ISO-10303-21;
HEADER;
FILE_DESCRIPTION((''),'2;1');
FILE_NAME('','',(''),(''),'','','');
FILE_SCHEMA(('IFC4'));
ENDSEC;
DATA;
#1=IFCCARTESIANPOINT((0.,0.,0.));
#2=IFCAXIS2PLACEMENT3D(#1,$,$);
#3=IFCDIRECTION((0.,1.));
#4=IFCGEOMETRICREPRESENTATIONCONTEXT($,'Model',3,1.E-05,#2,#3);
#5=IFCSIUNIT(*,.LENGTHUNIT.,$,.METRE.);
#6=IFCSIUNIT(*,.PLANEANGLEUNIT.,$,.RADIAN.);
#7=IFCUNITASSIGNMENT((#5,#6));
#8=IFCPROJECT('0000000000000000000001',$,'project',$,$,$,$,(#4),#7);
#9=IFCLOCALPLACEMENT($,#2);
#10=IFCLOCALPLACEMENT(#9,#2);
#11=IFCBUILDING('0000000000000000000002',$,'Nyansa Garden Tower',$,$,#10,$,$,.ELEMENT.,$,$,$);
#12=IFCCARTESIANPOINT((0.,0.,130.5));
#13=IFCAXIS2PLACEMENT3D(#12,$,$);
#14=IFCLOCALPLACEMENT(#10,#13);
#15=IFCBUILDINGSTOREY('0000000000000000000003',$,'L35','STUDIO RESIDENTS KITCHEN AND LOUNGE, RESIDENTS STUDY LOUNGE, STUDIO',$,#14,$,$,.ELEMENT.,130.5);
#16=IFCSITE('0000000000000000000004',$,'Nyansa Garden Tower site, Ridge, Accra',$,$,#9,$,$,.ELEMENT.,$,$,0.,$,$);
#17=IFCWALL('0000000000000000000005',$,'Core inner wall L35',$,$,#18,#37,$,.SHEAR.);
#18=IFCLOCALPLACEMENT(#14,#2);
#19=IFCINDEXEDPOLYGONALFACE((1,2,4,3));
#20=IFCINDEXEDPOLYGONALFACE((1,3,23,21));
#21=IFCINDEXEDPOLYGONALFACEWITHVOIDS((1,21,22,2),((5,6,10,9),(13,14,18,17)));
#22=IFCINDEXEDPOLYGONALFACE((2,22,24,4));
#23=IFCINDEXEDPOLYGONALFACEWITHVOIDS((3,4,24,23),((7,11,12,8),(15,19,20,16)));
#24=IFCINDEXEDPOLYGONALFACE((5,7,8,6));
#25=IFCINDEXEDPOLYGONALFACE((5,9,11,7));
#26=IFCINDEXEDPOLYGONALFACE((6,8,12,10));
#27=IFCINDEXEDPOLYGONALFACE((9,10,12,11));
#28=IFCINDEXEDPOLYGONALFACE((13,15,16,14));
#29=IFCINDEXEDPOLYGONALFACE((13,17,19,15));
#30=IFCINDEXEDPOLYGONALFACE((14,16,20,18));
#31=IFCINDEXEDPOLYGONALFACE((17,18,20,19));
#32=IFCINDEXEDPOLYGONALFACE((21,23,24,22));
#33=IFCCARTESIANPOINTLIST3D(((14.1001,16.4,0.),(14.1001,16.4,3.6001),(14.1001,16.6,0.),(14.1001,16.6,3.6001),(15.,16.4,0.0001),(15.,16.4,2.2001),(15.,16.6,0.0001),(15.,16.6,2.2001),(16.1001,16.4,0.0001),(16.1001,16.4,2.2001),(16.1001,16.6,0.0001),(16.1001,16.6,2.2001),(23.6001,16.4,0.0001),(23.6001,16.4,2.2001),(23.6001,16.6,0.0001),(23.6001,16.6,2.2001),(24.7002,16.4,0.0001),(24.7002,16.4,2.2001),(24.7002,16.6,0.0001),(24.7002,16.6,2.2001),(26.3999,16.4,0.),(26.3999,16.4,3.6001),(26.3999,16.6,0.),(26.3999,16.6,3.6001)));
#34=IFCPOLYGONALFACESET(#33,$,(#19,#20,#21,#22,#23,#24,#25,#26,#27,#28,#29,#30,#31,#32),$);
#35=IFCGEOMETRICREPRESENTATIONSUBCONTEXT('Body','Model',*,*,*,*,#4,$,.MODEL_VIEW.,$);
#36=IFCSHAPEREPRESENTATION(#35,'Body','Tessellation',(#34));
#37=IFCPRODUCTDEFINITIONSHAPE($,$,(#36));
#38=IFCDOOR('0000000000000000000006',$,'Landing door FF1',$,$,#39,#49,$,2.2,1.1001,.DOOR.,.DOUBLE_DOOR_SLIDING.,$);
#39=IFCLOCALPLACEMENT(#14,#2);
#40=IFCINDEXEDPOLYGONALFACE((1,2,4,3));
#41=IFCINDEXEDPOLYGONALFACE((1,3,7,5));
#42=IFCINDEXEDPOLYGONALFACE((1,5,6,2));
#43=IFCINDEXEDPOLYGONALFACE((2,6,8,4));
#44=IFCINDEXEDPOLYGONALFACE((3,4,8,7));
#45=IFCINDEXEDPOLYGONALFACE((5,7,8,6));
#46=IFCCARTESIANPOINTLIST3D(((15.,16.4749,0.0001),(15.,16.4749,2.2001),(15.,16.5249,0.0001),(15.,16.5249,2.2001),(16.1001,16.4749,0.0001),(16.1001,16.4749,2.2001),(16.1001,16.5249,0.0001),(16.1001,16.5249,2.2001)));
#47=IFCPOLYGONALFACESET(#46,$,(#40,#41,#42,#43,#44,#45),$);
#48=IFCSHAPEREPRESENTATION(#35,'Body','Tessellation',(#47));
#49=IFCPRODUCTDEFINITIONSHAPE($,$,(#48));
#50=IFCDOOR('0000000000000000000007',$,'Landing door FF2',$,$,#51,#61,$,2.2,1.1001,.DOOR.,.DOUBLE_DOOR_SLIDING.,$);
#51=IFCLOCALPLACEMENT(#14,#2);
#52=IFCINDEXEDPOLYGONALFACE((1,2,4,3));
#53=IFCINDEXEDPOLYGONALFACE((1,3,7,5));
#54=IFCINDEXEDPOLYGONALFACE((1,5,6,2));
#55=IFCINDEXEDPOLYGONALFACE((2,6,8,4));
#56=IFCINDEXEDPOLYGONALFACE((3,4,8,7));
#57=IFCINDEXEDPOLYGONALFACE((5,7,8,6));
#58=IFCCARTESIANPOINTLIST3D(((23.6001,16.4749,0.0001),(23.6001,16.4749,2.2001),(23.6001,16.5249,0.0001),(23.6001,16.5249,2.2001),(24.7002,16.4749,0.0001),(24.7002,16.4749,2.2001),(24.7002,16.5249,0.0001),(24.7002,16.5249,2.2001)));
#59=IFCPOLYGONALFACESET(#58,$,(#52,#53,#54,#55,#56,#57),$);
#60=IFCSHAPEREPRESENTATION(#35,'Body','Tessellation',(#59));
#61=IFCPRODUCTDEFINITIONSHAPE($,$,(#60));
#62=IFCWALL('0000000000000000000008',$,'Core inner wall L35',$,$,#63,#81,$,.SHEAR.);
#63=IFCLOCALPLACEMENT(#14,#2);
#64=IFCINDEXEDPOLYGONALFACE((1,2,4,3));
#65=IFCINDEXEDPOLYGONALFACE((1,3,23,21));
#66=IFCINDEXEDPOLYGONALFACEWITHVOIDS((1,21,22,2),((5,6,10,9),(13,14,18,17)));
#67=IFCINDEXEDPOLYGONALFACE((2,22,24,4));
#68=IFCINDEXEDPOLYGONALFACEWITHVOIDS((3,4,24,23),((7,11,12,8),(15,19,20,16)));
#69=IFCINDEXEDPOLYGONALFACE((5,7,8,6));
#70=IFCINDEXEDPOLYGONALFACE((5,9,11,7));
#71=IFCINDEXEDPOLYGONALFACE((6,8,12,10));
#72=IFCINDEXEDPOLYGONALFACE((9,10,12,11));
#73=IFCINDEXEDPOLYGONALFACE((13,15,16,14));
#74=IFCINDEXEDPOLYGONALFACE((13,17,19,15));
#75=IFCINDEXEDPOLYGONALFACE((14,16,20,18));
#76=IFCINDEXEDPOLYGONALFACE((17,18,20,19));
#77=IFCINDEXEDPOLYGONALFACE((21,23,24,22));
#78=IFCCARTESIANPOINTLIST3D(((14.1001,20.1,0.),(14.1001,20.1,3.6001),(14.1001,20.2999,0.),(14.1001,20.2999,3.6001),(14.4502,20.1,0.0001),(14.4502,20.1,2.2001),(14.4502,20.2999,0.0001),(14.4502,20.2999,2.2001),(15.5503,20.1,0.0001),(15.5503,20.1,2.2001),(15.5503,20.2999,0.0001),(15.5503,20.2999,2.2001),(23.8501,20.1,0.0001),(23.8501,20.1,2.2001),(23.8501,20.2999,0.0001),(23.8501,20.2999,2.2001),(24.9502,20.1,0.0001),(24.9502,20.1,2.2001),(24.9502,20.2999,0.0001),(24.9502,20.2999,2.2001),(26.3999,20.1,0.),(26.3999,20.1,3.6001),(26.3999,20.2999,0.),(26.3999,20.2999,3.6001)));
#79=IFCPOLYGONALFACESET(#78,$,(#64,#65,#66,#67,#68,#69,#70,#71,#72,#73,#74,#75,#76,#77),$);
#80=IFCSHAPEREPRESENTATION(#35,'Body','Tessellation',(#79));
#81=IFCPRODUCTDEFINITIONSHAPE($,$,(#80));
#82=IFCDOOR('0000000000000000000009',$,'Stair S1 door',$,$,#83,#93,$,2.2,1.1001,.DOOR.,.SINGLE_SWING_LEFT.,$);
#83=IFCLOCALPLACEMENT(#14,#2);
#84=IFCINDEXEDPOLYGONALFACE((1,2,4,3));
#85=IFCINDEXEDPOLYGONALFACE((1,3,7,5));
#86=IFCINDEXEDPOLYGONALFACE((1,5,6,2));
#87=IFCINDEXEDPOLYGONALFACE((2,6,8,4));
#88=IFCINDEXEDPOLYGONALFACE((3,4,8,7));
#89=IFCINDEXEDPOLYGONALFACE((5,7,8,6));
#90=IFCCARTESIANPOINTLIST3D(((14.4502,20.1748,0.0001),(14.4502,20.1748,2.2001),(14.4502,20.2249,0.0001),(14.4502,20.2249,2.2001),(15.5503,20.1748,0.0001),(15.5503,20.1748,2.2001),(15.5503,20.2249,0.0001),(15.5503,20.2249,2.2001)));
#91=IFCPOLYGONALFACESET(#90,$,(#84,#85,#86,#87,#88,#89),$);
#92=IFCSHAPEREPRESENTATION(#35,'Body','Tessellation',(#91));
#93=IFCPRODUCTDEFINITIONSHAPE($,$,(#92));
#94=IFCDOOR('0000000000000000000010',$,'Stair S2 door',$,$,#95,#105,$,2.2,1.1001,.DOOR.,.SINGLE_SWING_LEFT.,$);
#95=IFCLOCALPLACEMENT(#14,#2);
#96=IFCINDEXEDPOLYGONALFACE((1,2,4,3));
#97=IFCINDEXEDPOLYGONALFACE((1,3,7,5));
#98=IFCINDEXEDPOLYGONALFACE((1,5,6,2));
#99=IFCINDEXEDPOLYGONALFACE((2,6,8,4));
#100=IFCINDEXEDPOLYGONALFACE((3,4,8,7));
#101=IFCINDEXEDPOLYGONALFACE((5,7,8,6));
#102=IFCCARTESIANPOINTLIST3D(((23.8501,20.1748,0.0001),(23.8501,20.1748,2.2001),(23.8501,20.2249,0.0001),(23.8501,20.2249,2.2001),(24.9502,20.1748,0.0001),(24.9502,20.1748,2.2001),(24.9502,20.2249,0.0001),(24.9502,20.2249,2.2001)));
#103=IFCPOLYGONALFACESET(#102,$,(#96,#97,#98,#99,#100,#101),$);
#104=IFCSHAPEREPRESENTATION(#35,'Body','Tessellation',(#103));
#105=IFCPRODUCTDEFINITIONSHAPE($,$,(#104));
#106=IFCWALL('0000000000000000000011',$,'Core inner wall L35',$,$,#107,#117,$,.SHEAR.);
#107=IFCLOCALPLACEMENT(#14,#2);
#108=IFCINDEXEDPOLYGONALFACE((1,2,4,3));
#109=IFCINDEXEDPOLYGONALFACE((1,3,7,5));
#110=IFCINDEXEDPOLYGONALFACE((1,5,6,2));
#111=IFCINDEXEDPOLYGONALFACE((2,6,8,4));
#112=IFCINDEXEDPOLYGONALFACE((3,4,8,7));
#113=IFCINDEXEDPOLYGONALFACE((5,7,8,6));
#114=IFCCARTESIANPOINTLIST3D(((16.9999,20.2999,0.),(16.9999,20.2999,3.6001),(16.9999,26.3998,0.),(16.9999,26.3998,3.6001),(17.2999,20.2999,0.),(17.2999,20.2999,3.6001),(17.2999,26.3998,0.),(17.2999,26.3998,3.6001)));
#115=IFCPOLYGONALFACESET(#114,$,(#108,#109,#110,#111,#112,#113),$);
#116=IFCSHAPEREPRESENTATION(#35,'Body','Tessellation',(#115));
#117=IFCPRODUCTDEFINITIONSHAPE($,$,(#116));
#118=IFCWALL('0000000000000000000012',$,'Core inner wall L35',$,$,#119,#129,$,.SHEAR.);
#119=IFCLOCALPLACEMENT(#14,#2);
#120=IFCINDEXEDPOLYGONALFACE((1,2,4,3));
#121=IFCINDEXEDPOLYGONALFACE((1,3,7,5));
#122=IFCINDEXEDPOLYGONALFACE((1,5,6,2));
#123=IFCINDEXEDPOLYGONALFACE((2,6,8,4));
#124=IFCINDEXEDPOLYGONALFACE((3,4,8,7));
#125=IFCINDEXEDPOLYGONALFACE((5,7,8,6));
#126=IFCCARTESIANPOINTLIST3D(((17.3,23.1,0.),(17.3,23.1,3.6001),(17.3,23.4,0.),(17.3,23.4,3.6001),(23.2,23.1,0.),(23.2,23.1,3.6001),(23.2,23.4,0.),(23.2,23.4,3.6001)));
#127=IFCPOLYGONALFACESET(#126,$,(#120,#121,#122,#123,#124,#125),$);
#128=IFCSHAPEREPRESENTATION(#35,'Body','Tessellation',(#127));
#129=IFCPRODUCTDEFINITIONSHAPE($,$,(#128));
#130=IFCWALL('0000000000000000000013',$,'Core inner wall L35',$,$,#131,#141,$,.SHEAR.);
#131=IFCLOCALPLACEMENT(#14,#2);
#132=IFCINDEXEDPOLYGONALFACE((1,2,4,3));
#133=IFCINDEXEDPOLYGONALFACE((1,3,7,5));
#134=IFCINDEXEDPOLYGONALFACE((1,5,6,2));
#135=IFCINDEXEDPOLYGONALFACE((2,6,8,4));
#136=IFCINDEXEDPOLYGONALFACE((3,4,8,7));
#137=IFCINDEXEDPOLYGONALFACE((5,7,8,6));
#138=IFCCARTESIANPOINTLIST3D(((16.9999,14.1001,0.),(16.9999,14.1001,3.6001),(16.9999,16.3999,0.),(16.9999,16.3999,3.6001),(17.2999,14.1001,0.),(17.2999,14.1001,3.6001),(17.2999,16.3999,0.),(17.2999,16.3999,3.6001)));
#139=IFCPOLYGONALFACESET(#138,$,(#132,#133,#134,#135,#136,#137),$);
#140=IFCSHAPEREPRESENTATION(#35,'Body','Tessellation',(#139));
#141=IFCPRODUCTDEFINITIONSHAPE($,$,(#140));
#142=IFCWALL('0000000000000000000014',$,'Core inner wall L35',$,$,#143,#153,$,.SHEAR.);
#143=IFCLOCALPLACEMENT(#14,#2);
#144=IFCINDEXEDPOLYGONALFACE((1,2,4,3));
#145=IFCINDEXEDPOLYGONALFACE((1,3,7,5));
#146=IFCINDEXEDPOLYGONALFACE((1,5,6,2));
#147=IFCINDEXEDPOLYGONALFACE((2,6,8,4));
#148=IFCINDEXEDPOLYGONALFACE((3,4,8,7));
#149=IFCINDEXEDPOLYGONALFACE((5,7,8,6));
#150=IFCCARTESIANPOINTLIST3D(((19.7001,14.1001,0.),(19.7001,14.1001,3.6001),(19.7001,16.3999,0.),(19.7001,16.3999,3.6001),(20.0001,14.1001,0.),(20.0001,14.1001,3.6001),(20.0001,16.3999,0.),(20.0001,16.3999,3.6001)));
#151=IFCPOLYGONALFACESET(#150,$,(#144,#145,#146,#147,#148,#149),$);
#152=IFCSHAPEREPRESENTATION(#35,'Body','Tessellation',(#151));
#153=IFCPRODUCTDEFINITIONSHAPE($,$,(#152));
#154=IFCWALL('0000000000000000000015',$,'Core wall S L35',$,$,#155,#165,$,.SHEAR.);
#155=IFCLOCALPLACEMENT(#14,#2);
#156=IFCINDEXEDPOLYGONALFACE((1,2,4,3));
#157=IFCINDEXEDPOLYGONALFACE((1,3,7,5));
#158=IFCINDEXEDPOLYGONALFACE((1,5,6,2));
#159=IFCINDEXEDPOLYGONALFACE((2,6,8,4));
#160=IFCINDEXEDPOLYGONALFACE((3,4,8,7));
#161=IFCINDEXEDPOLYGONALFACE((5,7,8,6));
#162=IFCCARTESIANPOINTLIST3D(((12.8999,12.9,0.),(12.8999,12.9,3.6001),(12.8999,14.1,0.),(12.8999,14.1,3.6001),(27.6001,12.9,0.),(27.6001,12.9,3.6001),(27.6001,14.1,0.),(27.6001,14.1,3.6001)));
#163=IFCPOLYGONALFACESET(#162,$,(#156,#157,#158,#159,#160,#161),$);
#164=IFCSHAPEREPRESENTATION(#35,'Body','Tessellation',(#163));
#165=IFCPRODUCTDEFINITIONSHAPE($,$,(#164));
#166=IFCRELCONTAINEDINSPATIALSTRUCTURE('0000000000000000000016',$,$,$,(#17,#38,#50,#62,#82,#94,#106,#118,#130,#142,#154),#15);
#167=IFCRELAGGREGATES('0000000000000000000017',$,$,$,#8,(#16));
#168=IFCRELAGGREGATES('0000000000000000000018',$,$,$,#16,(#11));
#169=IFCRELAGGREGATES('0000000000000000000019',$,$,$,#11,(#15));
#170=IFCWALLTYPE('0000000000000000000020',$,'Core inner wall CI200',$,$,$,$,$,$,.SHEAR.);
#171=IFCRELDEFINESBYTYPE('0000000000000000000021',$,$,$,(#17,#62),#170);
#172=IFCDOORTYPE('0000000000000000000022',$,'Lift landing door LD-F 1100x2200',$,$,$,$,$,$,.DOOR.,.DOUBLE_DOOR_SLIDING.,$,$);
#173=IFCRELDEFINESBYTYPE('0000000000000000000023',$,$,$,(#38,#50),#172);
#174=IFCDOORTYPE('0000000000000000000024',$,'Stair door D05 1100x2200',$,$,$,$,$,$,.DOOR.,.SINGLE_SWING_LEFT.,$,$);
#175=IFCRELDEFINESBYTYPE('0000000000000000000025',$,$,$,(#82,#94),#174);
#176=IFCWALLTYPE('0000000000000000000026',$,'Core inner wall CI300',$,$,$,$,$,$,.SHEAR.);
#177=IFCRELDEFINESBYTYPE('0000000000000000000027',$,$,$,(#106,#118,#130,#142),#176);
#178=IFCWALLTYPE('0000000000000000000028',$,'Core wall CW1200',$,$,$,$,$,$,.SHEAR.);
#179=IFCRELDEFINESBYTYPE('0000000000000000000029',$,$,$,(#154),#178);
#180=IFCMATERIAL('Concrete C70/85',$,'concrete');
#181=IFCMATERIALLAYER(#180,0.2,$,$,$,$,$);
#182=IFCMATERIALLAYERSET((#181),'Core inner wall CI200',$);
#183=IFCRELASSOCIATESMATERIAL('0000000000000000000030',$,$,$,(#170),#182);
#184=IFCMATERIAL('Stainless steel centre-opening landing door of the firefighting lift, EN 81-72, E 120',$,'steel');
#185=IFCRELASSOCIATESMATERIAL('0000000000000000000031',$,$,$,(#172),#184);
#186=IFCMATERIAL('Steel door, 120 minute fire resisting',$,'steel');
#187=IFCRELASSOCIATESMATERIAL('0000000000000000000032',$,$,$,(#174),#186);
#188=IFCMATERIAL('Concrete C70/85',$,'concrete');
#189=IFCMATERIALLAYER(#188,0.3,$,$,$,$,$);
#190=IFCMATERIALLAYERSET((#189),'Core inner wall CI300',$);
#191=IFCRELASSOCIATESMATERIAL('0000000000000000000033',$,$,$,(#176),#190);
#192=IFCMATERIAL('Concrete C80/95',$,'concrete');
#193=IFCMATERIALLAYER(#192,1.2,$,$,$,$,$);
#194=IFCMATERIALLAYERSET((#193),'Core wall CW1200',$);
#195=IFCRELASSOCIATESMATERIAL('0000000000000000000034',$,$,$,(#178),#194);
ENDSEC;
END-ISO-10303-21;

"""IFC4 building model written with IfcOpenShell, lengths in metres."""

from ifc_helpers import new_model, si_unit, direction, frame, frame_2d, origin, place, context, subcontext, project, spatial, rectangle, extrude, material, layer, layer_set, type_object, element, fill, save


model = new_model("IFC4")

# Units and contexts
model_context = context("Model", 3, precision=1e-05, world=origin(), true_north=direction((0.0, 1.0)))
body_context = subcontext(model_context, "Body", "Model", "MODEL_VIEW")
ifc_project = project(units=[si_unit("LENGTHUNIT", "METRE"), si_unit("PLANEANGLEUNIT", "RADIAN")], contexts=[model_context])

# Site, building, storey
site_placement = place(None, origin())
site = spatial("IfcSite", under=ifc_project, at=site_placement, Name="Nyansa Garden Tower site, Ridge, Accra", CompositionType="ELEMENT", RefElevation=0.0)
building_placement = place(site_placement, origin())
building = spatial("IfcBuilding", under=site, at=building_placement, Name="Nyansa Garden Tower", CompositionType="ELEMENT")
storey_placement = place(building_placement, frame((0.0, 0.0, 130.5)))
storey = spatial("IfcBuildingStorey", under=building, at=storey_placement, Name="L35", Description="STUDIO RESIDENTS KITCHEN AND LOUNGE, RESIDENTS STUDY LOUNGE, STUDIO", CompositionType="ELEMENT", Elevation=130.5)

# Walls, openings, doors
ifc_material_1 = material(Name="Concrete C70/85", Category="concrete")
ifc_layer_1 = layer(ifc_material_1, 0.2)
ifc_layer_set_1 = layer_set([ifc_layer_1], Name="Core inner wall CI200")
wall_type_1 = type_object("IfcWallType", Name="Core inner wall CI200", PredefinedType="SHEAR", material=ifc_layer_set_1)
wall_1_placement = place(storey_placement, frame((14.1001, 16.5, 0.0), z_axis=(0.0, 0.0, 1.0), x_axis=(1.0, 0.0, 0.0)))
wall_1 = element("IfcWall", 1, at=wall_1_placement, inside=storey, type_object=wall_type_1, Name="Core inner wall L35", PredefinedType="SHEAR", context=body_context, shape_type="SweptSolid", body=[
    extrude(rectangle(XDim=12.2998, YDim=0.2, at=frame_2d((6.1499, 0.0))), origin(), (0.0, 0.0, 1.0), 3.6001),
])
opening_1_placement = place(wall_1_placement, frame((0.8999, 0.0, 0.0)))
opening_1 = element("IfcOpeningElement", 2, at=opening_1_placement, cuts=wall_1, PredefinedType="OPENING", context=body_context, shape_type="SweptSolid", body=[
    extrude(rectangle(XDim=1.1001, YDim=2.2, at=frame_2d((0.55, 1.1001))), frame((0.0, 0.1099, 0.0), z_axis=(0.0, -1.0, 0.0), x_axis=(1.0, 0.0, 0.0)), (0.0, 0.0, 1.0), 0.22),
])
opening_2_placement = place(wall_1_placement, frame((9.5, 0.0, 0.0)))
opening_2 = element("IfcOpeningElement", 3, at=opening_2_placement, cuts=wall_1, PredefinedType="OPENING", context=body_context, shape_type="SweptSolid", body=[
    extrude(rectangle(XDim=1.1001, YDim=2.2, at=frame_2d((0.55, 1.1001))), frame((0.0, 0.1099, 0.0), z_axis=(0.0, -1.0, 0.0), x_axis=(1.0, 0.0, 0.0)), (0.0, 0.0, 1.0), 0.22),
])
ifc_material_2 = material(Name="Stainless steel centre-opening landing door of the firefighting lift, EN 81-72, E 120", Category="steel")
door_type_1 = type_object("IfcDoorType", Name="Lift landing door LD-F 1100x2200", OperationType="DOUBLE_DOOR_SLIDING", PredefinedType="DOOR", material=ifc_material_2)
door_1_placement = place(opening_1_placement, origin())
door_1 = element("IfcDoor", 4, at=door_1_placement, inside=storey, type_object=door_type_1, Name="Landing door FF1", OperationType="DOUBLE_DOOR_SLIDING", OverallHeight=2.2, OverallWidth=1.1001, PredefinedType="DOOR", context=body_context, shape_type="SweptSolid", body=[
    extrude(rectangle(XDim=1.1001, YDim=2.2, at=frame_2d((0.55, 1.1001))), frame((0.0, 0.0249, 0.0), z_axis=(0.0, -1.0, 0.0), x_axis=(1.0, 0.0, 0.0)), (0.0, 0.0, 1.0), 0.05),
])
fill(opening_1, door_1)
door_2_placement = place(opening_2_placement, origin())
door_2 = element("IfcDoor", 5, at=door_2_placement, inside=storey, type_object=door_type_1, Name="Landing door FF2", OperationType="DOUBLE_DOOR_SLIDING", OverallHeight=2.2, OverallWidth=1.1001, PredefinedType="DOOR", context=body_context, shape_type="SweptSolid", body=[
    extrude(rectangle(XDim=1.1001, YDim=2.2, at=frame_2d((0.55, 1.1001))), frame((0.0, 0.0249, 0.0), z_axis=(0.0, -1.0, 0.0), x_axis=(1.0, 0.0, 0.0)), (0.0, 0.0, 1.0), 0.05),
])
fill(opening_2, door_2)
wall_2_placement = place(storey_placement, frame((14.1001, 20.2, 0.0), z_axis=(0.0, 0.0, 1.0), x_axis=(1.0, 0.0, 0.0)))
wall_2 = element("IfcWall", 6, at=wall_2_placement, inside=storey, type_object=wall_type_1, Name="Core inner wall L35", PredefinedType="SHEAR", context=body_context, shape_type="SweptSolid", body=[
    extrude(rectangle(XDim=12.2998, YDim=0.2, at=frame_2d((6.1499, 0.0))), origin(), (0.0, 0.0, 1.0), 3.6001),
])
opening_3_placement = place(wall_2_placement, frame((0.3501, 0.0, 0.0)))
opening_3 = element("IfcOpeningElement", 7, at=opening_3_placement, cuts=wall_2, PredefinedType="OPENING", context=body_context, shape_type="SweptSolid", body=[
    extrude(rectangle(XDim=1.1001, YDim=2.2, at=frame_2d((0.55, 1.1001))), frame((0.0, 0.1099, 0.0), z_axis=(0.0, -1.0, 0.0), x_axis=(1.0, 0.0, 0.0)), (0.0, 0.0, 1.0), 0.22),
])
opening_4_placement = place(wall_2_placement, frame((9.75, 0.0, 0.0)))
opening_4 = element("IfcOpeningElement", 8, at=opening_4_placement, cuts=wall_2, PredefinedType="OPENING", context=body_context, shape_type="SweptSolid", body=[
    extrude(rectangle(XDim=1.1001, YDim=2.2, at=frame_2d((0.55, 1.1001))), frame((0.0, 0.1099, 0.0), z_axis=(0.0, -1.0, 0.0), x_axis=(1.0, 0.0, 0.0)), (0.0, 0.0, 1.0), 0.22),
])
ifc_material_3 = material(Name="Steel door, 120 minute fire resisting", Category="steel")
door_type_2 = type_object("IfcDoorType", Name="Stair door D05 1100x2200", OperationType="SINGLE_SWING_LEFT", PredefinedType="DOOR", material=ifc_material_3)
door_3_placement = place(opening_3_placement, origin())
door_3 = element("IfcDoor", 9, at=door_3_placement, inside=storey, type_object=door_type_2, Name="Stair S1 door", OperationType="SINGLE_SWING_LEFT", OverallHeight=2.2, OverallWidth=1.1001, PredefinedType="DOOR", context=body_context, shape_type="SweptSolid", body=[
    extrude(rectangle(XDim=1.1001, YDim=2.2, at=frame_2d((0.55, 1.1001))), frame((0.0, 0.0249, 0.0), z_axis=(0.0, -1.0, 0.0), x_axis=(1.0, 0.0, 0.0)), (0.0, 0.0, 1.0), 0.05),
])
fill(opening_3, door_3)
door_4_placement = place(opening_4_placement, origin())
door_4 = element("IfcDoor", 10, at=door_4_placement, inside=storey, type_object=door_type_2, Name="Stair S2 door", OperationType="SINGLE_SWING_LEFT", OverallHeight=2.2, OverallWidth=1.1001, PredefinedType="DOOR", context=body_context, shape_type="SweptSolid", body=[
    extrude(rectangle(XDim=1.1001, YDim=2.2, at=frame_2d((0.55, 1.1001))), frame((0.0, 0.0249, 0.0), z_axis=(0.0, -1.0, 0.0), x_axis=(1.0, 0.0, 0.0)), (0.0, 0.0, 1.0), 0.05),
])
fill(opening_4, door_4)

# Walls
ifc_material_4 = material(Name="Concrete C70/85", Category="concrete")
ifc_layer_2 = layer(ifc_material_4, 0.3)
ifc_layer_set_2 = layer_set([ifc_layer_2], Name="Core inner wall CI300")
wall_type_2 = type_object("IfcWallType", Name="Core inner wall CI300", PredefinedType="SHEAR", material=ifc_layer_set_2)
wall_3_placement = place(storey_placement, frame((17.1499, 20.3, 0.0), z_axis=(0.0, 0.0, 1.0), x_axis=(0.0, 1.0, 0.0)))
element("IfcWall", 11, at=wall_3_placement, inside=storey, type_object=wall_type_2, Name="Core inner wall L35", PredefinedType="SHEAR", context=body_context, shape_type="SweptSolid", body=[
    extrude(rectangle(XDim=6.0999, YDim=0.3, at=frame_2d((3.0498, 0.0))), origin(), (0.0, 0.0, 1.0), 3.6001),
])
wall_4_placement = place(storey_placement, frame((17.3, 23.25, 0.0), z_axis=(0.0, 0.0, 1.0), x_axis=(1.0, 0.0, 0.0)))
element("IfcWall", 12, at=wall_4_placement, inside=storey, type_object=wall_type_2, Name="Core inner wall L35", PredefinedType="SHEAR", context=body_context, shape_type="SweptSolid", body=[
    extrude(rectangle(XDim=5.8999, YDim=0.3, at=frame_2d((2.95, 0.0))), origin(), (0.0, 0.0, 1.0), 3.6001),
])
for number, where, z_axis, x_axis, name in (
    (13, (17.1499, 14.1001, 0.0), (0.0, 0.0, 1.0), (0.0, 1.0, 0.0), "Core inner wall L35"),
    (14, (19.8501, 14.1001, 0.0), (0.0, 0.0, 1.0), (0.0, 1.0, 0.0), "Core inner wall L35"),
):
    element("IfcWall", number, at=place(storey_placement, frame(where, z_axis=z_axis, x_axis=x_axis)), inside=storey, type_object=wall_type_2, Name=name, PredefinedType="SHEAR", context=body_context, shape_type="SweptSolid", body=[
        extrude(rectangle(XDim=2.2998, YDim=0.3, at=frame_2d((1.1499, 0.0))), origin(), (0.0, 0.0, 1.0), 3.6001),
    ])
ifc_material_5 = material(Name="Concrete C80/95", Category="concrete")
ifc_layer_3 = layer(ifc_material_5, 1.2)
ifc_layer_set_3 = layer_set([ifc_layer_3], Name="Core wall CW1200")
wall_type_3 = type_object("IfcWallType", Name="Core wall CW1200", PredefinedType="SHEAR", material=ifc_layer_set_3)
wall_5_placement = place(storey_placement, frame((12.8999, 13.5, 0.0), z_axis=(0.0, 0.0, 1.0), x_axis=(1.0, 0.0, 0.0)))
element("IfcWall", 15, at=wall_5_placement, inside=storey, type_object=wall_type_3, Name="Core wall S L35", PredefinedType="SHEAR", context=body_context, shape_type="SweptSolid", body=[
    extrude(rectangle(XDim=14.7002, YDim=1.2, at=frame_2d((7.3501, 0.0))), origin(), (0.0, 0.0, 1.0), 3.6001),
])

save(model, "model.ifc")
